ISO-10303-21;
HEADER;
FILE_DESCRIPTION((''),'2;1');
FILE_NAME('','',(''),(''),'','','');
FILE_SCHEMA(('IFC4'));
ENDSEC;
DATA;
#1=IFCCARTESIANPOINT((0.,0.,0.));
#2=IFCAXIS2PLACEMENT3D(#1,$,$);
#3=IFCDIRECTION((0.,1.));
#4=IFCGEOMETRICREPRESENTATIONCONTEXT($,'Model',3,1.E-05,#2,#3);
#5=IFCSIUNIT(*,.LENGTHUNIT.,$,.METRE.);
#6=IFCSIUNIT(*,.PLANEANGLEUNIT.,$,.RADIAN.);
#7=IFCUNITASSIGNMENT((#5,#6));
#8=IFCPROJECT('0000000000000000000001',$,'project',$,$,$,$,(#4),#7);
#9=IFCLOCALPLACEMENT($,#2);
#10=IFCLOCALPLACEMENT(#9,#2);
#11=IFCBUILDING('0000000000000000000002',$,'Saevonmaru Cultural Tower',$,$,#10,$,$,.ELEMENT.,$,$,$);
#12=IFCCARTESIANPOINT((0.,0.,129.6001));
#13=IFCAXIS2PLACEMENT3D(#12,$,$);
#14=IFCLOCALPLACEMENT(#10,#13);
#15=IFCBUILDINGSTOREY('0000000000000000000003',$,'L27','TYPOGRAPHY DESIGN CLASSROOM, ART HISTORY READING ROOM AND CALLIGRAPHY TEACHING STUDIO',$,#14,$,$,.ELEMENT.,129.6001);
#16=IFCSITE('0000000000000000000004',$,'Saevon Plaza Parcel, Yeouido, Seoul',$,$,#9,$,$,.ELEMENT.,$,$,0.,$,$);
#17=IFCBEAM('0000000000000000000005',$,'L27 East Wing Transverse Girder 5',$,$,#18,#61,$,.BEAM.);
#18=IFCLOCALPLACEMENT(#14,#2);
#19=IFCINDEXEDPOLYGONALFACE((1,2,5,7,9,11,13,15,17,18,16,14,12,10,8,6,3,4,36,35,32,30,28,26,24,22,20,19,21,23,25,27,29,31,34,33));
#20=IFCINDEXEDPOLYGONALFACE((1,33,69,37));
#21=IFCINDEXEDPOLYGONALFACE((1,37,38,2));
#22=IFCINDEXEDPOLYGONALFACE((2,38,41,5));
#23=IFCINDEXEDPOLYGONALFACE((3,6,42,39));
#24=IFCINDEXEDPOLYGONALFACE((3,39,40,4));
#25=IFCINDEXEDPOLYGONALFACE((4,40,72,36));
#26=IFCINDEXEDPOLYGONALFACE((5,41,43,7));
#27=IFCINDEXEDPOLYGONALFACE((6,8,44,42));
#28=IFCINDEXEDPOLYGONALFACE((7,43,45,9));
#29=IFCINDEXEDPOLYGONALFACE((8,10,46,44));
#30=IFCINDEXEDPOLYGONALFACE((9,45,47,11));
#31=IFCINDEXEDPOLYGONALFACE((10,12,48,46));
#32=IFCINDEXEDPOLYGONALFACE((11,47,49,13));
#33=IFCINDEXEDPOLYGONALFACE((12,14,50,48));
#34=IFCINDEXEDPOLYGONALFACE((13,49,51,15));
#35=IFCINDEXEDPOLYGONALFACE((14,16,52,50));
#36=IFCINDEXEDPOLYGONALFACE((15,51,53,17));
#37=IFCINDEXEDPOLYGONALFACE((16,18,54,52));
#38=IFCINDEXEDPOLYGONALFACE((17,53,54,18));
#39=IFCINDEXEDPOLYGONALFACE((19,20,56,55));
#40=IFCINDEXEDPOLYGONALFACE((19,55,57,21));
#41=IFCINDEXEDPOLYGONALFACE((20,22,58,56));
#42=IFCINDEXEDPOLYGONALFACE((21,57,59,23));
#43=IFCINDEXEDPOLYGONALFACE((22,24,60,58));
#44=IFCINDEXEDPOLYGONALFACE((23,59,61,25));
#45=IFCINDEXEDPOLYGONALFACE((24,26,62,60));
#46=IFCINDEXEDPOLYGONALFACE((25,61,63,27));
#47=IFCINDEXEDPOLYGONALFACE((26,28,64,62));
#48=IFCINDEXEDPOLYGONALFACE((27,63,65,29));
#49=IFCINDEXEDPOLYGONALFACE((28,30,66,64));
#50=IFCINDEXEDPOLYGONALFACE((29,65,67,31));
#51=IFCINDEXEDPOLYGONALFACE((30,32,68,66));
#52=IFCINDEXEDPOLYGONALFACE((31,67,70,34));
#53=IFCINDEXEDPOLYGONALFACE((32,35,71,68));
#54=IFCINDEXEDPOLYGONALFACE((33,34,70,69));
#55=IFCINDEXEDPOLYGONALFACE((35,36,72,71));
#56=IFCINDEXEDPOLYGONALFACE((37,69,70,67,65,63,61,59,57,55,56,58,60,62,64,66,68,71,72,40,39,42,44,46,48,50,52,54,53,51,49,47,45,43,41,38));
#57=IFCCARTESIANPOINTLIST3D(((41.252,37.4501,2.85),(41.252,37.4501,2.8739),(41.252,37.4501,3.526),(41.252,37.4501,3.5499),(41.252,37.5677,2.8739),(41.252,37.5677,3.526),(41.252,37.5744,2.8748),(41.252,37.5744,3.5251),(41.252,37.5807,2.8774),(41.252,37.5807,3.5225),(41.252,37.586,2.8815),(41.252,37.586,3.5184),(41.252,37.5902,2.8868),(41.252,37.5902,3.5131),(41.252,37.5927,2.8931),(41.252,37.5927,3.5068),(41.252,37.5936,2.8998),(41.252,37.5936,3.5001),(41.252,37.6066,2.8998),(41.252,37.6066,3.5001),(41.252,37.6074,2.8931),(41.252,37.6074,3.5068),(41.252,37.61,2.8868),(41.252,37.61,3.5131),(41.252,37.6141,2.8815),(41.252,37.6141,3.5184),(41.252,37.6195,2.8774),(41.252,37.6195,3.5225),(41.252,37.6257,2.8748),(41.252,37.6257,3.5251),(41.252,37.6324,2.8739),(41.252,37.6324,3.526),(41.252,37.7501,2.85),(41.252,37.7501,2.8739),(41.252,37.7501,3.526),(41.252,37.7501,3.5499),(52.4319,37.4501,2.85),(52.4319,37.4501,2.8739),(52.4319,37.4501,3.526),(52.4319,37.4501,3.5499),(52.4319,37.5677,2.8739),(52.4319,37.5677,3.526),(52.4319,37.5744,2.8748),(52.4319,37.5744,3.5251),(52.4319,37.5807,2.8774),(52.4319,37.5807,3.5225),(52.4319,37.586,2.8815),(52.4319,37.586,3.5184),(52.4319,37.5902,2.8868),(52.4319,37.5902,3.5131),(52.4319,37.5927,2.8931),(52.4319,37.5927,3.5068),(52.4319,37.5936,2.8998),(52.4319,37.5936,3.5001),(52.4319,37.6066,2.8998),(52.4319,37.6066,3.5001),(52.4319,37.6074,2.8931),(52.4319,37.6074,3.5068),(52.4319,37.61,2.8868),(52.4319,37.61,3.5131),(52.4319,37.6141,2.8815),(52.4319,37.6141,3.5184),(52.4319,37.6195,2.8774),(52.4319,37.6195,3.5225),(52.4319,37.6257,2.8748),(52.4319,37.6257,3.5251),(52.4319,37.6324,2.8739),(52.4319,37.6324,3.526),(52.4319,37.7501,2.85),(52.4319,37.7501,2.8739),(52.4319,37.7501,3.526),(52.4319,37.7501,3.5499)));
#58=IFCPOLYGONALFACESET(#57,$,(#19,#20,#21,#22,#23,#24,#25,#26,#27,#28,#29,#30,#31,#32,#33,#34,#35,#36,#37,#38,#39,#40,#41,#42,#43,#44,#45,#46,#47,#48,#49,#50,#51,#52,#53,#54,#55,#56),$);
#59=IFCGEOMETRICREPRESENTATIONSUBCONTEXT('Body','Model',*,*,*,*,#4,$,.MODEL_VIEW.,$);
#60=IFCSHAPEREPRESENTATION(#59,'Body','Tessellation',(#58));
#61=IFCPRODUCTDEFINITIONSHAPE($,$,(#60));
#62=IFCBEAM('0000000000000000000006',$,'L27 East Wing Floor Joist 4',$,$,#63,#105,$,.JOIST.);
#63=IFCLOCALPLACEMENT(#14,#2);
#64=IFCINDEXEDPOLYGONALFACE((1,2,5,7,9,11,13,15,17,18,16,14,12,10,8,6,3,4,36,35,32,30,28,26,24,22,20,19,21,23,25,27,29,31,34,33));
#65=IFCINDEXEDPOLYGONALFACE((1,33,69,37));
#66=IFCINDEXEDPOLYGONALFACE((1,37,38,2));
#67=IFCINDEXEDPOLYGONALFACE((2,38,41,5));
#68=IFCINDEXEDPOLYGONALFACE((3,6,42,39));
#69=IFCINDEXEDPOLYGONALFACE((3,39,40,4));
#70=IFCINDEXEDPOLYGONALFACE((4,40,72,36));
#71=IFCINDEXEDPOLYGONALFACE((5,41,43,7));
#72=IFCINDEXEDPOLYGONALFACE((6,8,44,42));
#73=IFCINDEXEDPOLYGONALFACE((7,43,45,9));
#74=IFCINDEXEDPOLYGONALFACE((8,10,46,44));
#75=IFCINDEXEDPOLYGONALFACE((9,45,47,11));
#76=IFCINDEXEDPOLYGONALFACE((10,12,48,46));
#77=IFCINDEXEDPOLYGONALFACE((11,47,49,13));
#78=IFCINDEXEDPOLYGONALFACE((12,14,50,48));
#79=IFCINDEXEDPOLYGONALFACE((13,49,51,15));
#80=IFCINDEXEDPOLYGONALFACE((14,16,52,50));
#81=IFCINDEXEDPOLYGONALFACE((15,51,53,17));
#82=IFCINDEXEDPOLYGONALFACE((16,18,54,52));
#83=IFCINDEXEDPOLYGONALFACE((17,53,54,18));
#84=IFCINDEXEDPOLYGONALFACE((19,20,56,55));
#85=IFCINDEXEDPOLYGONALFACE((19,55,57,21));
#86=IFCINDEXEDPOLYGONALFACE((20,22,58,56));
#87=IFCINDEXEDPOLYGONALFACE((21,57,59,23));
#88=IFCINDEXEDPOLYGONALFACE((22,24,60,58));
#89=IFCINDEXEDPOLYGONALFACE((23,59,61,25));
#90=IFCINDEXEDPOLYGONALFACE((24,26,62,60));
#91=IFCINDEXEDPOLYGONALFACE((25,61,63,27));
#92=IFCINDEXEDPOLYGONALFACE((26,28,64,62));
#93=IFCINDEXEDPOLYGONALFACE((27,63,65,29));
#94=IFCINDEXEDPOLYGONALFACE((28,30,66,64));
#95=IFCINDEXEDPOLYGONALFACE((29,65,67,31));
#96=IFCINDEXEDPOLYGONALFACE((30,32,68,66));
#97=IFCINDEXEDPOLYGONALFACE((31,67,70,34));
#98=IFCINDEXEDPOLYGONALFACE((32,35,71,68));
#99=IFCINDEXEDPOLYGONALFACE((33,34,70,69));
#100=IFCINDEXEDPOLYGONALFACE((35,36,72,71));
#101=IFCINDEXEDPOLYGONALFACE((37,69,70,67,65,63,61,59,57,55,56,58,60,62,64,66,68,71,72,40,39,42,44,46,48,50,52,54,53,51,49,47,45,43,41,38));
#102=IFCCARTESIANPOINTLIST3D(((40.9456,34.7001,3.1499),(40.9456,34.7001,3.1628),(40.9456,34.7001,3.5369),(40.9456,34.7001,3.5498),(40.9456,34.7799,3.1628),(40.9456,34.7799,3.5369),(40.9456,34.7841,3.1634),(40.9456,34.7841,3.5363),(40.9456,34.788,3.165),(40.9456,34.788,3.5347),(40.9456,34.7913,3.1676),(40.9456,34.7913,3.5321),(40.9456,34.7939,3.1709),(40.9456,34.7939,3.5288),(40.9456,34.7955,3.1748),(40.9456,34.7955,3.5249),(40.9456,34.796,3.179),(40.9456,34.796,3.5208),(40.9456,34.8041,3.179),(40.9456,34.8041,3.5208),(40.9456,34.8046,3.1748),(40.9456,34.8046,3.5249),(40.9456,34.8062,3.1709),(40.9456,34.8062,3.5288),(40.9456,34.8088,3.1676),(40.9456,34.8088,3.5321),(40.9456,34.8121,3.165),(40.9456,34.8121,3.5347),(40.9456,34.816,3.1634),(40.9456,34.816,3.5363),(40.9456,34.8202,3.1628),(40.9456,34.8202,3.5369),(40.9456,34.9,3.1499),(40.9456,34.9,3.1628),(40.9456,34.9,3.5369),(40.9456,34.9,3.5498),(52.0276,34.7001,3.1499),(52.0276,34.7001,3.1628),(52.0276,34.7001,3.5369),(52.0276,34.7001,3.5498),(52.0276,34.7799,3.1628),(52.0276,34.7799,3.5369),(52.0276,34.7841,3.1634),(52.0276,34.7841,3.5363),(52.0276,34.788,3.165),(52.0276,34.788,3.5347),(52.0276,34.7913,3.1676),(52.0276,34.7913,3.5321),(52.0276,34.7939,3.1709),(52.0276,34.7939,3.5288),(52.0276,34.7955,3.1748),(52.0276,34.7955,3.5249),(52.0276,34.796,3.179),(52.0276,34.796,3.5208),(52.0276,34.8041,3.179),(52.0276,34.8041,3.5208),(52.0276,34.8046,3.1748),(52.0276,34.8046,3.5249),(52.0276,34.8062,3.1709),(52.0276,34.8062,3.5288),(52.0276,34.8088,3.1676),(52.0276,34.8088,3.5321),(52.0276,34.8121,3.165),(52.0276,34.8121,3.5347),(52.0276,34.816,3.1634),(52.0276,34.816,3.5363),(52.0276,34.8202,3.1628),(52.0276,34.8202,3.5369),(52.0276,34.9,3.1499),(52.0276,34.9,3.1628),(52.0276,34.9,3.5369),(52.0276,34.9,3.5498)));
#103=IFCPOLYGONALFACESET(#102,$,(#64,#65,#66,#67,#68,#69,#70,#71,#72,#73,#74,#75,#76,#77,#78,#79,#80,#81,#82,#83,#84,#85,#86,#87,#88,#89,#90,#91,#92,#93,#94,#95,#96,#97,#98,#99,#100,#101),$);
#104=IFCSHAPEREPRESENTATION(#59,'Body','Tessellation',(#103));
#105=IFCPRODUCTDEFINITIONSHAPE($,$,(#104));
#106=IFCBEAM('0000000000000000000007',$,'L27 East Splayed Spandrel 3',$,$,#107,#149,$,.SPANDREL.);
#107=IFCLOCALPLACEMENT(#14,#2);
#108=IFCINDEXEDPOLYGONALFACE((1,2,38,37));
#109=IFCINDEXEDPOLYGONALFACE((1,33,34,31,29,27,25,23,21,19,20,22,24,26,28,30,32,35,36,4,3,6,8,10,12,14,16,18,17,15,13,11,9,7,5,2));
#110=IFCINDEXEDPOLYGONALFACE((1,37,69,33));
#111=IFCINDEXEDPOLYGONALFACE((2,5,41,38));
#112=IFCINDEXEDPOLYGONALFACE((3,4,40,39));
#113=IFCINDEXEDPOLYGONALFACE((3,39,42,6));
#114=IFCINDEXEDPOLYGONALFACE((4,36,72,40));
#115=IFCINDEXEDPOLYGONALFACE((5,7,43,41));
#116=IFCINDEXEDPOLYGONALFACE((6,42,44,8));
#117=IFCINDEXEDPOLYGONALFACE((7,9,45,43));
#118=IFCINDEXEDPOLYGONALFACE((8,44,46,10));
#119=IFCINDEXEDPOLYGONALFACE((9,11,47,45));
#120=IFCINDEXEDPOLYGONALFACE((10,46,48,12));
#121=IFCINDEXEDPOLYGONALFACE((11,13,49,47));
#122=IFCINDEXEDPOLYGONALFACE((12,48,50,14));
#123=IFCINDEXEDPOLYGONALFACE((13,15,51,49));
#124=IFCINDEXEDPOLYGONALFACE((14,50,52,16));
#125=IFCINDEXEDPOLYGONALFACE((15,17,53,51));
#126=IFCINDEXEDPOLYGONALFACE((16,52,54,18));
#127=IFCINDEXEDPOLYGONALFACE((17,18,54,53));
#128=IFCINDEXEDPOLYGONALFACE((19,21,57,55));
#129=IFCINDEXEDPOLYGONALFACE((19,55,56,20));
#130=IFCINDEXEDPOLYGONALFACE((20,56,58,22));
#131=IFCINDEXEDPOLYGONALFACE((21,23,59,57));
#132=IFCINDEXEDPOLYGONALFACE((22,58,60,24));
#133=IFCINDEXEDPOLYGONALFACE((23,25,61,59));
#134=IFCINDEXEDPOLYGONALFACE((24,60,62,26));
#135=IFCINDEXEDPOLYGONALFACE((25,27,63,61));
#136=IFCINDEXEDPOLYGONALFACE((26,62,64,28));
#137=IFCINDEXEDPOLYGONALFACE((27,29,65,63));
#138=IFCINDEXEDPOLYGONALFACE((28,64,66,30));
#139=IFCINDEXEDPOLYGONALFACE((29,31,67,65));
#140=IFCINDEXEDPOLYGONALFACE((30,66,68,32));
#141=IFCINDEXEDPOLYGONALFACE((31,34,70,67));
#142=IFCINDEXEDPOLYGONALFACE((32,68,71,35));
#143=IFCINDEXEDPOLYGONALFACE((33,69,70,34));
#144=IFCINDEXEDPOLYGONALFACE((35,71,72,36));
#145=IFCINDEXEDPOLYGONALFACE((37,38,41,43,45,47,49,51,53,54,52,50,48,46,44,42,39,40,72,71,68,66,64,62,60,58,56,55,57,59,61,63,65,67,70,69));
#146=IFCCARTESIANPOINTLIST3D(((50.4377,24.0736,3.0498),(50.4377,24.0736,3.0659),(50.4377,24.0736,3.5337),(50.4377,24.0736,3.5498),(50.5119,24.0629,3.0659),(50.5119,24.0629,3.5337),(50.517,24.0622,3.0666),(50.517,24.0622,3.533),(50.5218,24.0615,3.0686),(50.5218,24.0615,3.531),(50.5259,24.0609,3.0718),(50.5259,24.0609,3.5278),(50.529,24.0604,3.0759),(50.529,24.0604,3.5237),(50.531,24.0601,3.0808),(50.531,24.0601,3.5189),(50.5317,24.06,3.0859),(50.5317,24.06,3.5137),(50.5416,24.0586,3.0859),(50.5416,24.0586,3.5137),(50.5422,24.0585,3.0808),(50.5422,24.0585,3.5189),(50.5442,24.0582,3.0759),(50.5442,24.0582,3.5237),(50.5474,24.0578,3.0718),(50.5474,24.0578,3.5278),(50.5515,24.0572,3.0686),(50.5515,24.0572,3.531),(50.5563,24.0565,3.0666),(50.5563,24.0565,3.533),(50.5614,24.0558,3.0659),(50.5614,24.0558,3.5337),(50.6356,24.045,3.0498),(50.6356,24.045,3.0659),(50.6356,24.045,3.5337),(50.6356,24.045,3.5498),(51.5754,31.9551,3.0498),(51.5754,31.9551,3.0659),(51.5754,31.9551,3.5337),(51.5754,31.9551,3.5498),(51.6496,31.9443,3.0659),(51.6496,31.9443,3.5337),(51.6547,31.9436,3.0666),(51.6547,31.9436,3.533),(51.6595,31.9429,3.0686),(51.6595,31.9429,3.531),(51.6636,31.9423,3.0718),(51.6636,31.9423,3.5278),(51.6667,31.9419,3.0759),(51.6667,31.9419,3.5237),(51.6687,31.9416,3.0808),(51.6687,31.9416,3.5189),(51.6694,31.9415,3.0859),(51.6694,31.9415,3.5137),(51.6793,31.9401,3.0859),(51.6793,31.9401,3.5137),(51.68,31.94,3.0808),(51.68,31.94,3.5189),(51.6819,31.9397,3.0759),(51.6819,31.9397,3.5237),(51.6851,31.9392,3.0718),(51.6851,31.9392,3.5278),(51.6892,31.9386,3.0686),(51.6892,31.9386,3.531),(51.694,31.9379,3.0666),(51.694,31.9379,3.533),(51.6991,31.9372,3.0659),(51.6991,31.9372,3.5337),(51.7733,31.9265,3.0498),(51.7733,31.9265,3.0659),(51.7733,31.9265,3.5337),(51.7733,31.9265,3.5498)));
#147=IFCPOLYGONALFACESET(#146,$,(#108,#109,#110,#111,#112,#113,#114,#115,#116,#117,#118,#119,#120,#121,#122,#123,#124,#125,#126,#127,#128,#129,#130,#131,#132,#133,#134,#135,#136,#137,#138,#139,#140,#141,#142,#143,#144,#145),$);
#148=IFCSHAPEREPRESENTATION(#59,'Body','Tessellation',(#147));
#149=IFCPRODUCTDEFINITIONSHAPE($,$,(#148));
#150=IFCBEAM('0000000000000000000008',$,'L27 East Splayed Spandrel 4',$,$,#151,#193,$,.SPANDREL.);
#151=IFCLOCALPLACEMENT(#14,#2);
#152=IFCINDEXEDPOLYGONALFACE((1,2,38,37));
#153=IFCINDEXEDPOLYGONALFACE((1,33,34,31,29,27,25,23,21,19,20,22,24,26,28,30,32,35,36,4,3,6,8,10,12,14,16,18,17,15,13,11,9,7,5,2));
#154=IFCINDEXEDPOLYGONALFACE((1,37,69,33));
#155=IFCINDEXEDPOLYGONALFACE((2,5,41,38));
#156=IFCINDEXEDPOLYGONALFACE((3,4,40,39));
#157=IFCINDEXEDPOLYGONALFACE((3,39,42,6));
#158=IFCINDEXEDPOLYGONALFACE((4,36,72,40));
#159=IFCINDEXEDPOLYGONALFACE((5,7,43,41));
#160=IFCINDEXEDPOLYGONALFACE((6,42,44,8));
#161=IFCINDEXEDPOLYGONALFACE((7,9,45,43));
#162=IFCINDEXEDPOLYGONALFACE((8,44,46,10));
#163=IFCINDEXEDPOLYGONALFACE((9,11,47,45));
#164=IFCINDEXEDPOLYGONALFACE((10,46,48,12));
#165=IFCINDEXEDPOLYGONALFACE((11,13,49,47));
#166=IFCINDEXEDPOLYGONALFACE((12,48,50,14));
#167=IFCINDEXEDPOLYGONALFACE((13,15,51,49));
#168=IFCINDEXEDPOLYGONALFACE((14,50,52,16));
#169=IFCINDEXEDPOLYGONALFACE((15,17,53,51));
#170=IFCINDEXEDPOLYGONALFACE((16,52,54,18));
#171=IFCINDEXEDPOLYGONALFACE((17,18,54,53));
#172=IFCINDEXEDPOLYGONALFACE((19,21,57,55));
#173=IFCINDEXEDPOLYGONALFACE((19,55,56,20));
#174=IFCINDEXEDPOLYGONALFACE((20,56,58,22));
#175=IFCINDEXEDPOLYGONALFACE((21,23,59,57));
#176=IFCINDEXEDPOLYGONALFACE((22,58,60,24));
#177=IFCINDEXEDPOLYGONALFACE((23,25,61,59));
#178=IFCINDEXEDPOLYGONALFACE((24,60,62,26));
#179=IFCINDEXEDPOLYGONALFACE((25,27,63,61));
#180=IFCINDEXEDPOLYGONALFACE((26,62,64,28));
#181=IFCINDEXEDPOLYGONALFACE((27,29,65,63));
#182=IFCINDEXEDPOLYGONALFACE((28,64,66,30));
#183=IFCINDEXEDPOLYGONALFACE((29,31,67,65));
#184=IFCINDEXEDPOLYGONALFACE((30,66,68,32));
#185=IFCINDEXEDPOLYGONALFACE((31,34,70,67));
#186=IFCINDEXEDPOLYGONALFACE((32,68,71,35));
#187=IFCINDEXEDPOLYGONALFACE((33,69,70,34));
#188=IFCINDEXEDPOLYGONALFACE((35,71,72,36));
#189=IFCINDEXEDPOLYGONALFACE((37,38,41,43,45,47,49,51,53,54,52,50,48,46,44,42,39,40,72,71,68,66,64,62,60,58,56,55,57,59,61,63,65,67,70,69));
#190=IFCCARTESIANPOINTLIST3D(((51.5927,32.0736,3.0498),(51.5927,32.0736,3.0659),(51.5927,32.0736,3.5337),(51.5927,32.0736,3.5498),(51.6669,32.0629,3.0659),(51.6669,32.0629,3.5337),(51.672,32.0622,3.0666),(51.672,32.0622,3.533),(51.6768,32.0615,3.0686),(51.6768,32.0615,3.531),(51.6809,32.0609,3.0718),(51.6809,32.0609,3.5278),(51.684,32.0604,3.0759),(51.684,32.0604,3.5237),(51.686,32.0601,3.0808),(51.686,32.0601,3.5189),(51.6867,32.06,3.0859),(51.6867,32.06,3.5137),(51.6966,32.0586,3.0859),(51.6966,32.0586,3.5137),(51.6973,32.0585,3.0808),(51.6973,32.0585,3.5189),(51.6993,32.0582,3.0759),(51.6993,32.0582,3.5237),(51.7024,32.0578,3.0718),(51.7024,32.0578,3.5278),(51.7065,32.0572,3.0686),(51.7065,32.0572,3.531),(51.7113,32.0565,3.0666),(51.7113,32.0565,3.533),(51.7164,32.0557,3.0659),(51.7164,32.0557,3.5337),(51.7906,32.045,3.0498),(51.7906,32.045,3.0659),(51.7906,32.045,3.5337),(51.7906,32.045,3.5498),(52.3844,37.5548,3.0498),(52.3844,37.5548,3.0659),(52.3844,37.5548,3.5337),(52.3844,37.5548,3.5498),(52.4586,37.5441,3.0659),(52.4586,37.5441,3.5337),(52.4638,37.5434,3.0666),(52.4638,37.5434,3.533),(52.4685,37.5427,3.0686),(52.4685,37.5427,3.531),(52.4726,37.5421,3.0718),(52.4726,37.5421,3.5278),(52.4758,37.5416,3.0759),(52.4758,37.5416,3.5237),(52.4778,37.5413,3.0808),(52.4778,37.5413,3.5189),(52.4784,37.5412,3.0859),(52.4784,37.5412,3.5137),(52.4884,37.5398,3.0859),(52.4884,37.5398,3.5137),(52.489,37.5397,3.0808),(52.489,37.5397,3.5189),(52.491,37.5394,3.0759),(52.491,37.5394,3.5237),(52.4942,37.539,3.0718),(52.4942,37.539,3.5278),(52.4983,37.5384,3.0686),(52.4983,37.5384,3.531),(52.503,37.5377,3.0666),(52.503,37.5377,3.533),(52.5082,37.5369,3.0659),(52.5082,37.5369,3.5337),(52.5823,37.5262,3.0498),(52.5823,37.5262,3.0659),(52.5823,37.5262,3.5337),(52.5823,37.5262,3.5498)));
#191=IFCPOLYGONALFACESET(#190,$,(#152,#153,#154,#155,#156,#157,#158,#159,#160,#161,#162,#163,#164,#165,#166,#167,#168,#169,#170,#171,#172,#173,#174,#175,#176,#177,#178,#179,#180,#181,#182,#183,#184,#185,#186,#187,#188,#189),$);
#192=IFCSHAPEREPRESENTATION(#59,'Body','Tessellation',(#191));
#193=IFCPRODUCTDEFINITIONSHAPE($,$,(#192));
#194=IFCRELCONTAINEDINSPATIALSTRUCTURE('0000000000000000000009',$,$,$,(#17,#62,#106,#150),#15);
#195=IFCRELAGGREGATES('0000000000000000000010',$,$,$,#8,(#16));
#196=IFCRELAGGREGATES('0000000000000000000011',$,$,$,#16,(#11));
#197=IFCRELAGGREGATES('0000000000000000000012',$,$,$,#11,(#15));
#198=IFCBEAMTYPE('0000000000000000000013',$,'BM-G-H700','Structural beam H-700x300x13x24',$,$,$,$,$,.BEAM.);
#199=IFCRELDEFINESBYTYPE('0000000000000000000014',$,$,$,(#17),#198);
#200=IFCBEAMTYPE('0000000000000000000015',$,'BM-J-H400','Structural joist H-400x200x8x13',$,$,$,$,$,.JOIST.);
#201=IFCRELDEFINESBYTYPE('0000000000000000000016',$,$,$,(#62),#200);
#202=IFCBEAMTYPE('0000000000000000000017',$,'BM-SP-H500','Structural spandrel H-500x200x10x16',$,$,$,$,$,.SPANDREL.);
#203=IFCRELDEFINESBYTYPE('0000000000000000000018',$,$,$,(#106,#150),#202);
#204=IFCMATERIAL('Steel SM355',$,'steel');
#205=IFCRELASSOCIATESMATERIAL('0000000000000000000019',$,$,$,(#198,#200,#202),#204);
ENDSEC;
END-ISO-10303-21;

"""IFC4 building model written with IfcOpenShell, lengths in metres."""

from ifc_helpers import new_model, si_unit, direction, frame, origin, origin_2d, place, context, subcontext, project, spatial, i_section, extrude, material, material_profile, profile_set, type_object, element, save


model = new_model("IFC4")

# Units and contexts
model_context = context("Model", 3, precision=1e-05, world=origin(), true_north=direction((0.0, 1.0)))
body_context = subcontext(model_context, "Body", "Model", "MODEL_VIEW")
ifc_project = project(units=[si_unit("LENGTHUNIT", "METRE"), si_unit("PLANEANGLEUNIT", "RADIAN")], contexts=[model_context])

# Site, building, storey
site_placement = place(None, origin())
site = spatial("IfcSite", under=ifc_project, at=site_placement, Name="Saevon Plaza Parcel, Yeouido, Seoul", CompositionType="ELEMENT", RefElevation=0.0)
building_placement = place(site_placement, origin())
building = spatial("IfcBuilding", under=site, at=building_placement, Name="Saevonmaru Cultural Tower", CompositionType="ELEMENT")
storey_placement = place(building_placement, frame((0.0, 0.0, 129.6001)))
storey = spatial("IfcBuildingStorey", under=building, at=storey_placement, Name="L27", Description="TYPOGRAPHY DESIGN CLASSROOM, ART HISTORY READING ROOM AND CALLIGRAPHY TEACHING STUDIO", CompositionType="ELEMENT", Elevation=129.6001)

# Shared definitions
ifc_material_1 = material(Name="Steel SM355", Category="steel")

# Beams
ifc_material_profile_1 = material_profile(ifc_material_1, i_section(OverallWidth=0.3, OverallDepth=0.7, WebThickness=0.0129, FlangeThickness=0.0239, FilletRadius=0.0259, at=origin_2d()), Name="H-700x300x13x24")
ifc_profile_set_1 = profile_set([ifc_material_profile_1], Name="Steel SM355")
beam_type_1 = type_object("IfcBeamType", Name="BM-G-H700", Description="Structural beam H-700x300x13x24", PredefinedType="BEAM", material=ifc_profile_set_1)
for number, where, z_axis, x_axis, name in (
    (1, (41.252, 37.6001, 3.2), (1.0, 0.0, 0.0), (0.0, 1.0, 0.0), "L27 East Wing Transverse Girder 5"),
):
    element("IfcBeam", number, at=place(storey_placement, frame(where, z_axis=z_axis, x_axis=x_axis)), inside=storey, type_object=beam_type_1, Name=name, PredefinedType="BEAM", context=body_context, shape_type="SweptSolid", body=[
        extrude(i_section(OverallWidth=0.3, OverallDepth=0.7, WebThickness=0.0129, FlangeThickness=0.0239, FilletRadius=0.0259, at=origin_2d()), origin(), (0.0, 0.0, 1.0), 11.1799),
    ])
ifc_material_profile_2 = material_profile(ifc_material_1, i_section(OverallWidth=0.2, OverallDepth=0.3999, WebThickness=0.0081, FlangeThickness=0.0129, FilletRadius=0.0161, at=origin_2d()), Name="H-400x200x8x13")
ifc_profile_set_2 = profile_set([ifc_material_profile_2], Name="Steel SM355")
beam_type_2 = type_object("IfcBeamType", Name="BM-J-H400", Description="Structural joist H-400x200x8x13", PredefinedType="JOIST", material=ifc_profile_set_2)
beam_1_placement = place(storey_placement, frame((40.9456, 34.8, 3.3499), z_axis=(1.0, 0.0, 0.0), x_axis=(0.0, 1.0, 0.0)))
element("IfcBeam", 2, at=beam_1_placement, inside=storey, type_object=beam_type_2, Name="L27 East Wing Floor Joist 4", PredefinedType="JOIST", context=body_context, shape_type="SweptSolid", body=[
    extrude(i_section(OverallWidth=0.2, OverallDepth=0.3999, WebThickness=0.0081, FlangeThickness=0.0129, FilletRadius=0.0161, at=origin_2d()), origin(), (0.0, 0.0, 1.0), 11.082),
])
ifc_material_profile_3 = material_profile(ifc_material_1, i_section(OverallWidth=0.2, OverallDepth=0.5, WebThickness=0.01, FlangeThickness=0.0161, FilletRadius=0.02, at=origin_2d()), Name="H-500x200x10x16")
ifc_profile_set_3 = profile_set([ifc_material_profile_3], Name="Steel SM355")
beam_type_3 = type_object("IfcBeamType", Name="BM-SP-H500", Description="Structural spandrel H-500x200x10x16", PredefinedType="SPANDREL", material=ifc_profile_set_3)
beam_2_placement = place(storey_placement, frame((50.5366, 24.0593, 3.2998), z_axis=(0.142872, 0.989741, 0.0), x_axis=(-0.989741, 0.142872, 0.0)))
element("IfcBeam", 3, at=beam_2_placement, inside=storey, type_object=beam_type_3, Name="L27 East Splayed Spandrel 3", PredefinedType="SPANDREL", context=body_context, shape_type="SweptSolid", body=[
    extrude(i_section(OverallWidth=0.2, OverallDepth=0.5, WebThickness=0.01, FlangeThickness=0.0161, FilletRadius=0.02, at=origin_2d()), origin(), (0.0, 0.0, 1.0), 7.9631),
])
beam_3_placement = place(storey_placement, frame((51.6917, 32.0593, 3.2998), z_axis=(0.142964, 0.989728, 0.0), x_axis=(-0.989728, 0.142964, 0.0)))
element("IfcBeam", 4, at=beam_3_placement, inside=storey, type_object=beam_type_3, Name="L27 East Splayed Spandrel 4", PredefinedType="SPANDREL", context=body_context, shape_type="SweptSolid", body=[
    extrude(i_section(OverallWidth=0.2, OverallDepth=0.5, WebThickness=0.01, FlangeThickness=0.0161, FilletRadius=0.02, at=origin_2d()), origin(), (0.0, 0.0, 1.0), 5.5381),
])

save(model, "model.ifc")
